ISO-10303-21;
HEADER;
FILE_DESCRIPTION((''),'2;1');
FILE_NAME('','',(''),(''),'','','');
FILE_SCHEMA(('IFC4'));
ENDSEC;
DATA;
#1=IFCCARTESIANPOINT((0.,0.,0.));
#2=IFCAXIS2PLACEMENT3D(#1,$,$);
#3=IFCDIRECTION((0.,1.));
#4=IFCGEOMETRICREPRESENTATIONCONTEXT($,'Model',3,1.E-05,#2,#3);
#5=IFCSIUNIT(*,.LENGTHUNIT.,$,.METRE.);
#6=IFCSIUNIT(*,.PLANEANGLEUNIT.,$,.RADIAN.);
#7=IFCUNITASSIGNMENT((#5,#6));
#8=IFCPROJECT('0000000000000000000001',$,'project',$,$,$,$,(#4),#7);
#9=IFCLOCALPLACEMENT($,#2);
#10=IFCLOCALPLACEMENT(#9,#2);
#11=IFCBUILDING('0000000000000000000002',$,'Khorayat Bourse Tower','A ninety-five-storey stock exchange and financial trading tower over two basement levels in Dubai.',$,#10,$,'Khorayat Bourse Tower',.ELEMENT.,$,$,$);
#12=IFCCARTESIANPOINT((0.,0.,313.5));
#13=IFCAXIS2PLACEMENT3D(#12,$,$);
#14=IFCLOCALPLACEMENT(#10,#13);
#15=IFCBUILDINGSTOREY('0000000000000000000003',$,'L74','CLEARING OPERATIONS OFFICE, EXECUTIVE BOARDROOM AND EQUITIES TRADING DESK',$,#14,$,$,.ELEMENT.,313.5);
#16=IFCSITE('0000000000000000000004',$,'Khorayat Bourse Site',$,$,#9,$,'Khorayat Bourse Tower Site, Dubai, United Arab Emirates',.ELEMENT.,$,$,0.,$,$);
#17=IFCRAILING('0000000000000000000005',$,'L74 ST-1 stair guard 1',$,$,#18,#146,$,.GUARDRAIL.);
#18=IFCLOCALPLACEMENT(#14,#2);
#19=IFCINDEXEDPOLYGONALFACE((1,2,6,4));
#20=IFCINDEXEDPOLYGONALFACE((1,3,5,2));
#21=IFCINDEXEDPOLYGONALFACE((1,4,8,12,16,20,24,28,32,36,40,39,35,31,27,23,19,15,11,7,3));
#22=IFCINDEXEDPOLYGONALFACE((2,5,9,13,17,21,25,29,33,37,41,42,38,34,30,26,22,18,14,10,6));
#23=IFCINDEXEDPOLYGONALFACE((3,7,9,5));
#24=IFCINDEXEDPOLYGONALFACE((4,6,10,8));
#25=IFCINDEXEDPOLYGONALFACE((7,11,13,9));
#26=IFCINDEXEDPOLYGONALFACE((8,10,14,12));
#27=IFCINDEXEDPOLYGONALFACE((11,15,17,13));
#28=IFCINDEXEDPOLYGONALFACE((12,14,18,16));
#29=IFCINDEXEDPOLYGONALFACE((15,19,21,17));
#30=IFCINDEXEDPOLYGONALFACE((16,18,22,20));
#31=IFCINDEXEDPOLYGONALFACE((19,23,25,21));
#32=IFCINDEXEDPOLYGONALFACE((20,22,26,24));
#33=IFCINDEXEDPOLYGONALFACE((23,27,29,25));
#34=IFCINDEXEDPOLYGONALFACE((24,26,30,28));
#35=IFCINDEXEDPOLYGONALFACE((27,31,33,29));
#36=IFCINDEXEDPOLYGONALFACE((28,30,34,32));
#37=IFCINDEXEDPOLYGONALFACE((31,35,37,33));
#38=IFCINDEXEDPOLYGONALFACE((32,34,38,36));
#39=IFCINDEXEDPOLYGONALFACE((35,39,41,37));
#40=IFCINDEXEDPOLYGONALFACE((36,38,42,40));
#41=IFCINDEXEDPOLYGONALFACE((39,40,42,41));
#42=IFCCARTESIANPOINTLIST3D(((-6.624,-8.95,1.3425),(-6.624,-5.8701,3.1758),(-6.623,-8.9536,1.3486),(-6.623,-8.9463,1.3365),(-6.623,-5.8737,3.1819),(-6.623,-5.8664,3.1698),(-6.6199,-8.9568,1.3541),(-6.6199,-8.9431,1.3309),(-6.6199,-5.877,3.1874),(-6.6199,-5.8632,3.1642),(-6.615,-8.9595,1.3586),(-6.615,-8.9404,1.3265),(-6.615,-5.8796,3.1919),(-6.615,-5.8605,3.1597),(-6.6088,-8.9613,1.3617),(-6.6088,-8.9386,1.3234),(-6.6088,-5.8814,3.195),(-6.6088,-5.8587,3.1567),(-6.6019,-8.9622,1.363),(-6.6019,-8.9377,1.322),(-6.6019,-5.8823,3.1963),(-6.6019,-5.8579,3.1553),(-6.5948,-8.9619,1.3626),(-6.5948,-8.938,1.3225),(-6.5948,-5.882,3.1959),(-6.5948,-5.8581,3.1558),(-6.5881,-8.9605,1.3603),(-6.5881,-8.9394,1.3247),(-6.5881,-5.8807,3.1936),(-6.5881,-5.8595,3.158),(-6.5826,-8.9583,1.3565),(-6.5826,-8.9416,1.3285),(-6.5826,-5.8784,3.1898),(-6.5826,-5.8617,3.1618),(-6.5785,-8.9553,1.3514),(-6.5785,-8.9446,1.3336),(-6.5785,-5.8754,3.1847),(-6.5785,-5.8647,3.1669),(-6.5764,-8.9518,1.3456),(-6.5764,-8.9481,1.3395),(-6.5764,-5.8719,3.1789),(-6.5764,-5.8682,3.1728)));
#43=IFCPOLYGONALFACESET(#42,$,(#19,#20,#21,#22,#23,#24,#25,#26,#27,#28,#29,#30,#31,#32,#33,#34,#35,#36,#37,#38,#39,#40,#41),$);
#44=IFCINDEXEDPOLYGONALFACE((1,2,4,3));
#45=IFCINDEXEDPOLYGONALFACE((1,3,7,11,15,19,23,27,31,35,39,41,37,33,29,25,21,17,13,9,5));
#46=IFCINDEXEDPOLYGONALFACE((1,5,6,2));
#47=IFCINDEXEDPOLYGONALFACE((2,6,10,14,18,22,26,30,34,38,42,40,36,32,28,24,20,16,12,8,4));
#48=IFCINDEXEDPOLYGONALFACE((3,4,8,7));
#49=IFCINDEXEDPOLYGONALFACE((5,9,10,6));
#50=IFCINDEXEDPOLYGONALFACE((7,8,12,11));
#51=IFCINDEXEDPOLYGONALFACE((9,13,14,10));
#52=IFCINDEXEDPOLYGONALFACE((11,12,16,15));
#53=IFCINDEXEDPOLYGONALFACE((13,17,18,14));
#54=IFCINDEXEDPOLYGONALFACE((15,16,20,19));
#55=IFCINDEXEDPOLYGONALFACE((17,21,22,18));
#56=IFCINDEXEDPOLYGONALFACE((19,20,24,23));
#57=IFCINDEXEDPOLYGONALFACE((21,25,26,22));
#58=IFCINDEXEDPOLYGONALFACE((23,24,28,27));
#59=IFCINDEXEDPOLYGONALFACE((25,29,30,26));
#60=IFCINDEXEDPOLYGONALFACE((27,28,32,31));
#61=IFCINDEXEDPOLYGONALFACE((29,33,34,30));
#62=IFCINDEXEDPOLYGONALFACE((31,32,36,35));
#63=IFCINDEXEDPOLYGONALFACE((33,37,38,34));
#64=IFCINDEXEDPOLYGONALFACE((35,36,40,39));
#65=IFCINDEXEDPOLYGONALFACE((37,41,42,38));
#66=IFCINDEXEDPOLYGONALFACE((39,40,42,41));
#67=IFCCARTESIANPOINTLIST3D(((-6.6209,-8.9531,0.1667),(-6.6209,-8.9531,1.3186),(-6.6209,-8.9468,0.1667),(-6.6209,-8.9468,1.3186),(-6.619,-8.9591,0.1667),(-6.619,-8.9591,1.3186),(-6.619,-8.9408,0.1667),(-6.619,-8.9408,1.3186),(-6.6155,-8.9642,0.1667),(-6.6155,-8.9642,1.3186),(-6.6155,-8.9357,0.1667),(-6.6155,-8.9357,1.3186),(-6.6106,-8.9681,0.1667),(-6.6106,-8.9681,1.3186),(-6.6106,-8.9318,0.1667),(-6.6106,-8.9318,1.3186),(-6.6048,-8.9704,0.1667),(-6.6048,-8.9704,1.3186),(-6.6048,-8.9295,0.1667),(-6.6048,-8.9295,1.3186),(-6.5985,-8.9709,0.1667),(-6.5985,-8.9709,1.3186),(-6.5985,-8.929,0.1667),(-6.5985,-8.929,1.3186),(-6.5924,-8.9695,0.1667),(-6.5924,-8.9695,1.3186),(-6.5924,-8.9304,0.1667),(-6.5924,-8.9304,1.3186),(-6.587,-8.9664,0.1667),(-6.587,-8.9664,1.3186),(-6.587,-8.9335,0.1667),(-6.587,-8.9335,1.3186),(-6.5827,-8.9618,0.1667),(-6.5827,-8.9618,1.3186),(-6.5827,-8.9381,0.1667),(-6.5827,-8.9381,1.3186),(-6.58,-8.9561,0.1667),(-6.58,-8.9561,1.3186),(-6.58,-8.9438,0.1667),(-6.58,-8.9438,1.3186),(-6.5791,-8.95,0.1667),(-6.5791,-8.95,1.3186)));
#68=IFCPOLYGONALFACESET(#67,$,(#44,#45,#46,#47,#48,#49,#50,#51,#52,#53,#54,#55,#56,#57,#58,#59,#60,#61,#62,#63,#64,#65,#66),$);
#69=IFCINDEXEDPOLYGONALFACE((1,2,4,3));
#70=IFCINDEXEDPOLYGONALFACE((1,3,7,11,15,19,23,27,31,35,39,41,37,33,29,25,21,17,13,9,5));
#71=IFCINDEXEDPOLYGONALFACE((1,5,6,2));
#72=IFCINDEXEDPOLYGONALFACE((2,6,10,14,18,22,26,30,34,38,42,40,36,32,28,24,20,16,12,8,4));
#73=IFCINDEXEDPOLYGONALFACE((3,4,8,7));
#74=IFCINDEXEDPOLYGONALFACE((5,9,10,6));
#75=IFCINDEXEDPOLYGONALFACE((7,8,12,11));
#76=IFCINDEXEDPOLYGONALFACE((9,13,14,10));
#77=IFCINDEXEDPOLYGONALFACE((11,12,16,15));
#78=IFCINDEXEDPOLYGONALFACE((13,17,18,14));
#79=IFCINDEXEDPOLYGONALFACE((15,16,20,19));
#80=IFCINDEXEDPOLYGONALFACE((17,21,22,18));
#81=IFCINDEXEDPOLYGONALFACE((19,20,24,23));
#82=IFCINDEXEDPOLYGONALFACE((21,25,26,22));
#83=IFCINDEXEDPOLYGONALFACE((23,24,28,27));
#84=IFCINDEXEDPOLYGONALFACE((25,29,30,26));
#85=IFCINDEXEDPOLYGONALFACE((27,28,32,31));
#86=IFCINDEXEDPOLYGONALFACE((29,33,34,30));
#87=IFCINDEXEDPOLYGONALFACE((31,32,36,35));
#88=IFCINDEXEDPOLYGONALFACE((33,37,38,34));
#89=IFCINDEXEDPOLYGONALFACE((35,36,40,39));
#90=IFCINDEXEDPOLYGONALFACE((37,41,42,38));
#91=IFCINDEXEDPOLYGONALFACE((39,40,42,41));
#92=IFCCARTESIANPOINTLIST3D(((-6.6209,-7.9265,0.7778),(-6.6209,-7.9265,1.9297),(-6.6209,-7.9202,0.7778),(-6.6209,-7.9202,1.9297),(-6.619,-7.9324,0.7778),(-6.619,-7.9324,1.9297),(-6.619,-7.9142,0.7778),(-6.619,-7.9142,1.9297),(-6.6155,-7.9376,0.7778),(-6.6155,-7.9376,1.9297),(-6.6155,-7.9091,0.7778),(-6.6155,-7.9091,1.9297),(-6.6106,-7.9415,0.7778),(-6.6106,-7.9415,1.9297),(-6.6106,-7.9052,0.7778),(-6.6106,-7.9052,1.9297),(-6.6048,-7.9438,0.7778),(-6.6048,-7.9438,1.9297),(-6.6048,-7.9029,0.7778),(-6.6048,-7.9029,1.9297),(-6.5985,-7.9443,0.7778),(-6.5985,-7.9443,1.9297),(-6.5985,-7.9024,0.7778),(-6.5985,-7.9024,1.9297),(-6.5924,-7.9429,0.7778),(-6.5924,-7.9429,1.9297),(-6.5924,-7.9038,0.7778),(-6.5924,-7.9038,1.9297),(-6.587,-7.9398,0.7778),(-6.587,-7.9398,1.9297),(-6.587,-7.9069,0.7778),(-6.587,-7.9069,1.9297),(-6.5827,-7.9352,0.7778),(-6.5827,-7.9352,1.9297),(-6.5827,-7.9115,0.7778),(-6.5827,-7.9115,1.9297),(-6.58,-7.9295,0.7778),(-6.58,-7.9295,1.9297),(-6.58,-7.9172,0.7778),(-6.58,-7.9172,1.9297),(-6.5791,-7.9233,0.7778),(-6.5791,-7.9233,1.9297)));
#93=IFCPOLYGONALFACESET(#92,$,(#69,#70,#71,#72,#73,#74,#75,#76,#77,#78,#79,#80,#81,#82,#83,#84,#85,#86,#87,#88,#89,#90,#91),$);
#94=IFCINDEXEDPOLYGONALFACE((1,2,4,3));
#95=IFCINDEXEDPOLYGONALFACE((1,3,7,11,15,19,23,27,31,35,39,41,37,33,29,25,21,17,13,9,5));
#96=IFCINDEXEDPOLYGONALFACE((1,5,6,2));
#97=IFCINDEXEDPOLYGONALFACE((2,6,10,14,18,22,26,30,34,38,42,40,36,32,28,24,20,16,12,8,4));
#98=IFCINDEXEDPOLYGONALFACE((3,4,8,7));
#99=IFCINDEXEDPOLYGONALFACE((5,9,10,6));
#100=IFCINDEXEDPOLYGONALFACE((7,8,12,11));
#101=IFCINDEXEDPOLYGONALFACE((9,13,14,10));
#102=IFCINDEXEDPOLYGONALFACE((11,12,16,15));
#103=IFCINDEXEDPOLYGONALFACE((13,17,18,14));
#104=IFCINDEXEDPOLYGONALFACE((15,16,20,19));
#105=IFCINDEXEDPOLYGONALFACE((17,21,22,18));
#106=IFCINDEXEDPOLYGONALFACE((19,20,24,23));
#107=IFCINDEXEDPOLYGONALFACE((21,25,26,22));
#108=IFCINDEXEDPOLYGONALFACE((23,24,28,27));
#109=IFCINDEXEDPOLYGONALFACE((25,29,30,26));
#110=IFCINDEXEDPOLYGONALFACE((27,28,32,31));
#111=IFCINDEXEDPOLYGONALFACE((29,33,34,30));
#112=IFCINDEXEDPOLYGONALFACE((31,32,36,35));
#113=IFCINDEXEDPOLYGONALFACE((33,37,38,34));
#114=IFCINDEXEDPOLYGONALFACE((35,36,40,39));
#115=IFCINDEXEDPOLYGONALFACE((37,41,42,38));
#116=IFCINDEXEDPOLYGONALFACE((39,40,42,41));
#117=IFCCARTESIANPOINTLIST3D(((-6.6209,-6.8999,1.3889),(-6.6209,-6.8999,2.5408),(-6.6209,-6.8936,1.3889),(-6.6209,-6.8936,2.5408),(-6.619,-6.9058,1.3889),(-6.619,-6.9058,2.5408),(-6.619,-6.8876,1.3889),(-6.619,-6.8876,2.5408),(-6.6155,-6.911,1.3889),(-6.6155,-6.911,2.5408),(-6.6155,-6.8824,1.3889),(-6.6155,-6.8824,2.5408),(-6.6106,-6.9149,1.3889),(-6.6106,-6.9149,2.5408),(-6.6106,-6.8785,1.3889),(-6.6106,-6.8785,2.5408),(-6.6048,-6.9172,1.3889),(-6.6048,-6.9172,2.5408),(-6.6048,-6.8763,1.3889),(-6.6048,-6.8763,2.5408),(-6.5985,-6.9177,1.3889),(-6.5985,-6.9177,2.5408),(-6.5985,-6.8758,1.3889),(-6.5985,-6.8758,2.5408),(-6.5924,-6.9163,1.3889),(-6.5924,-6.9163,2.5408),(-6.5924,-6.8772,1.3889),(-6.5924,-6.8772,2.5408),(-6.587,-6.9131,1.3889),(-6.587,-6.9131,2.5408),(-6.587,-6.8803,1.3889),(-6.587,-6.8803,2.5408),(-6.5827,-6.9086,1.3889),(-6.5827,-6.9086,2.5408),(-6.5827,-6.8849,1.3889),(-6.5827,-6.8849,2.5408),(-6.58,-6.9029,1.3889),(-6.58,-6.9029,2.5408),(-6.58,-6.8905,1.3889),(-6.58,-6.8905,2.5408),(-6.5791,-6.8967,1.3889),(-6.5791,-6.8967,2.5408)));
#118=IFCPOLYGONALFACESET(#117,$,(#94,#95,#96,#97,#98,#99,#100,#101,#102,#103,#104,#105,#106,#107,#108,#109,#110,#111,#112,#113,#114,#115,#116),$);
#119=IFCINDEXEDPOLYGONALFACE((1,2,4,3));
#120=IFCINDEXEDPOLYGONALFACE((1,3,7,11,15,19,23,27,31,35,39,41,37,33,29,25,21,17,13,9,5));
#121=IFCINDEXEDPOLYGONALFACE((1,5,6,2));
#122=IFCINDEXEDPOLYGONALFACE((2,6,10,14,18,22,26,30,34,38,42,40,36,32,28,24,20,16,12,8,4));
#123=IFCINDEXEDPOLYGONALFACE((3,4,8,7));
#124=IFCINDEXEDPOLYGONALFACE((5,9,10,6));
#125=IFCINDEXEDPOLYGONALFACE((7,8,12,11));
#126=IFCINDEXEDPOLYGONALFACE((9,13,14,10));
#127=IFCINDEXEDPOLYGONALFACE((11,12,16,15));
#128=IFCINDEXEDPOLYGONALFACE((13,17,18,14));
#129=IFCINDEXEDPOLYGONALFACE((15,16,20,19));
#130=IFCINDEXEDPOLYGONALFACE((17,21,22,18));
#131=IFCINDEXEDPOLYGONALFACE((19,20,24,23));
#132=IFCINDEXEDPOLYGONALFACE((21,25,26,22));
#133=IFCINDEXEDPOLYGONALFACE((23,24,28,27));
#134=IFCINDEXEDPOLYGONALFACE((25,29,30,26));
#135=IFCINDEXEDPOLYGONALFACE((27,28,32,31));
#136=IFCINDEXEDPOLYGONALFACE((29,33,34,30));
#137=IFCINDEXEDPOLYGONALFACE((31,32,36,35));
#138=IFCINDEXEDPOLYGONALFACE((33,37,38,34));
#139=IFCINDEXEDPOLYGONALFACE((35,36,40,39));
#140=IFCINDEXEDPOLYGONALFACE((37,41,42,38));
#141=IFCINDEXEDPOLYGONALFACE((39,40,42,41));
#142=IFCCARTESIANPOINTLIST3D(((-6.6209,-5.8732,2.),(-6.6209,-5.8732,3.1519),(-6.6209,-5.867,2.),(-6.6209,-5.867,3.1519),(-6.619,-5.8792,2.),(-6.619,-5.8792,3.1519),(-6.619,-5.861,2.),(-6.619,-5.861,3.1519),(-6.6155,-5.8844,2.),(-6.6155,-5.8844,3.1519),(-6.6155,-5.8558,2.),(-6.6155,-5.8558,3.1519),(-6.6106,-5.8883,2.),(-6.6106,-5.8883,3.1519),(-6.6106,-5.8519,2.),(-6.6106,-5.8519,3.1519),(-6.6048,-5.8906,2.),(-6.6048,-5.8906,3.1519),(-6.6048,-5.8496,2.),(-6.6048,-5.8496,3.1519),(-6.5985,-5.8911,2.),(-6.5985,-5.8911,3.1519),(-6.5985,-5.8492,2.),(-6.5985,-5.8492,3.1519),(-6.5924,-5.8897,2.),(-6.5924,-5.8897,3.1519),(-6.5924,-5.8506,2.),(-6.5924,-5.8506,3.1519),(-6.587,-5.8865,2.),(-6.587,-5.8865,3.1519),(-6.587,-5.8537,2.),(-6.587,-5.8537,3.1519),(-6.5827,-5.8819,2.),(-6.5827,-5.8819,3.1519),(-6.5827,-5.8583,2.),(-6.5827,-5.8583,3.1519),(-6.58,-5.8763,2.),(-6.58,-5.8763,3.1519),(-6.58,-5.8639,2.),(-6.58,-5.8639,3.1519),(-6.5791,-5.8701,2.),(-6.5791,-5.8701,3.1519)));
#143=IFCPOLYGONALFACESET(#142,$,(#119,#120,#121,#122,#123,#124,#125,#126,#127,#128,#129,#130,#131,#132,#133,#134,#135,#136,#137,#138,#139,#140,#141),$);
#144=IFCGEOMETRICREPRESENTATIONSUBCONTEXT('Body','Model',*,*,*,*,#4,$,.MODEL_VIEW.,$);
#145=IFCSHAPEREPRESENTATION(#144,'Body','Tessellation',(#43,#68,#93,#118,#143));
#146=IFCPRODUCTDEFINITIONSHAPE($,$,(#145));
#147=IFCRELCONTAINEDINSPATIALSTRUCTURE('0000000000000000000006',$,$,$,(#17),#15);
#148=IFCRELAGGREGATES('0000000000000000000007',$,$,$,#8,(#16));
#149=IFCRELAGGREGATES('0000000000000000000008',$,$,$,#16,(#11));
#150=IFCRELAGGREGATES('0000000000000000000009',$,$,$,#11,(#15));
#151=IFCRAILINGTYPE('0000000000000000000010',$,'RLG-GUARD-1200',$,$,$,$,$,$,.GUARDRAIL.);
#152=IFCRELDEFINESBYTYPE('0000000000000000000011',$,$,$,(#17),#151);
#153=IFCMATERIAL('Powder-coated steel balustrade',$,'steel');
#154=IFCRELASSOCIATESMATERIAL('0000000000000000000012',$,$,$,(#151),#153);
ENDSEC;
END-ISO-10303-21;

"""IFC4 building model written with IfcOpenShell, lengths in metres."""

from ifc_helpers import new_model, si_unit, direction, frame, origin, origin_2d, place, context, subcontext, project, spatial, circle, extrude, source, transform, mapped, material, type_object, element, save


model = new_model("IFC4")

# Units and contexts
model_context = context("Model", 3, precision=1e-05, world=origin(), true_north=direction((0.0, 1.0)))
body_context = subcontext(model_context, "Body", "Model", "MODEL_VIEW")
ifc_project = project(units=[si_unit("LENGTHUNIT", "METRE"), si_unit("PLANEANGLEUNIT", "RADIAN")], contexts=[model_context])

# Site, building, storey
site_placement = place(None, origin())
site = spatial("IfcSite", under=ifc_project, at=site_placement, Name="Khorayat Bourse Site", LongName="Khorayat Bourse Tower Site, Dubai, United Arab Emirates", CompositionType="ELEMENT", RefElevation=0.0)
building_placement = place(site_placement, origin())
building = spatial("IfcBuilding", under=site, at=building_placement, Name="Khorayat Bourse Tower", Description="A ninety-five-storey stock exchange and financial trading tower over two basement levels in Dubai.", LongName="Khorayat Bourse Tower", CompositionType="ELEMENT")
storey_placement = place(building_placement, frame((0.0, 0.0, 313.5)))
storey = spatial("IfcBuildingStorey", under=building, at=storey_placement, Name="L74", Description="CLEARING OPERATIONS OFFICE, EXECUTIVE BOARDROOM AND EQUITIES TRADING DESK", CompositionType="ELEMENT", Elevation=313.5)

# Railing
ifc_material_1 = material(Name="Powder-coated steel balustrade", Category="steel")
railing_type_1 = type_object("IfcRailingType", Name="RLG-GUARD-1200", PredefinedType="GUARDRAIL", material=ifc_material_1)
shared_shape_1 = source(origin(), body_context, "Body", "SweptSolid", [
    extrude(circle(Radius=0.0239, at=origin_2d()), frame((0.0, 0.0, 1.1758), z_axis=(0.0, 0.859291, 0.511487), x_axis=(-1.0, 0.0, 0.0)), (0.0, 0.0, 1.0), 3.5842),
    extrude(circle(Radius=0.021, at=origin_2d()), origin(), (0.0, 0.0, 1.0), 1.1519),
    extrude(circle(Radius=0.021, at=origin_2d()), frame((0.0, 1.0266, 0.6111)), (0.0, 0.0, 1.0), 1.1519),
    extrude(circle(Radius=0.021, at=origin_2d()), frame((0.0, 2.0532, 1.2222)), (0.0, 0.0, 1.0), 1.1519),
    extrude(circle(Radius=0.021, at=origin_2d()), frame((0.0, 3.0798, 1.8333)), (0.0, 0.0, 1.0), 1.1519),
])
railing_1_placement = place(storey_placement, frame((-6.6001, -8.95, 0.1667)))
element("IfcRailing", 1, at=railing_1_placement, inside=storey, type_object=railing_type_1, Name="L74 ST-1 stair guard 1", PredefinedType="GUARDRAIL", context=body_context, shape_type="MappedRepresentation", body=[
    mapped(shared_shape_1, transform((0.0, 0.0, 0.0), scale=1.0)),
])

save(model, "model.ifc")
